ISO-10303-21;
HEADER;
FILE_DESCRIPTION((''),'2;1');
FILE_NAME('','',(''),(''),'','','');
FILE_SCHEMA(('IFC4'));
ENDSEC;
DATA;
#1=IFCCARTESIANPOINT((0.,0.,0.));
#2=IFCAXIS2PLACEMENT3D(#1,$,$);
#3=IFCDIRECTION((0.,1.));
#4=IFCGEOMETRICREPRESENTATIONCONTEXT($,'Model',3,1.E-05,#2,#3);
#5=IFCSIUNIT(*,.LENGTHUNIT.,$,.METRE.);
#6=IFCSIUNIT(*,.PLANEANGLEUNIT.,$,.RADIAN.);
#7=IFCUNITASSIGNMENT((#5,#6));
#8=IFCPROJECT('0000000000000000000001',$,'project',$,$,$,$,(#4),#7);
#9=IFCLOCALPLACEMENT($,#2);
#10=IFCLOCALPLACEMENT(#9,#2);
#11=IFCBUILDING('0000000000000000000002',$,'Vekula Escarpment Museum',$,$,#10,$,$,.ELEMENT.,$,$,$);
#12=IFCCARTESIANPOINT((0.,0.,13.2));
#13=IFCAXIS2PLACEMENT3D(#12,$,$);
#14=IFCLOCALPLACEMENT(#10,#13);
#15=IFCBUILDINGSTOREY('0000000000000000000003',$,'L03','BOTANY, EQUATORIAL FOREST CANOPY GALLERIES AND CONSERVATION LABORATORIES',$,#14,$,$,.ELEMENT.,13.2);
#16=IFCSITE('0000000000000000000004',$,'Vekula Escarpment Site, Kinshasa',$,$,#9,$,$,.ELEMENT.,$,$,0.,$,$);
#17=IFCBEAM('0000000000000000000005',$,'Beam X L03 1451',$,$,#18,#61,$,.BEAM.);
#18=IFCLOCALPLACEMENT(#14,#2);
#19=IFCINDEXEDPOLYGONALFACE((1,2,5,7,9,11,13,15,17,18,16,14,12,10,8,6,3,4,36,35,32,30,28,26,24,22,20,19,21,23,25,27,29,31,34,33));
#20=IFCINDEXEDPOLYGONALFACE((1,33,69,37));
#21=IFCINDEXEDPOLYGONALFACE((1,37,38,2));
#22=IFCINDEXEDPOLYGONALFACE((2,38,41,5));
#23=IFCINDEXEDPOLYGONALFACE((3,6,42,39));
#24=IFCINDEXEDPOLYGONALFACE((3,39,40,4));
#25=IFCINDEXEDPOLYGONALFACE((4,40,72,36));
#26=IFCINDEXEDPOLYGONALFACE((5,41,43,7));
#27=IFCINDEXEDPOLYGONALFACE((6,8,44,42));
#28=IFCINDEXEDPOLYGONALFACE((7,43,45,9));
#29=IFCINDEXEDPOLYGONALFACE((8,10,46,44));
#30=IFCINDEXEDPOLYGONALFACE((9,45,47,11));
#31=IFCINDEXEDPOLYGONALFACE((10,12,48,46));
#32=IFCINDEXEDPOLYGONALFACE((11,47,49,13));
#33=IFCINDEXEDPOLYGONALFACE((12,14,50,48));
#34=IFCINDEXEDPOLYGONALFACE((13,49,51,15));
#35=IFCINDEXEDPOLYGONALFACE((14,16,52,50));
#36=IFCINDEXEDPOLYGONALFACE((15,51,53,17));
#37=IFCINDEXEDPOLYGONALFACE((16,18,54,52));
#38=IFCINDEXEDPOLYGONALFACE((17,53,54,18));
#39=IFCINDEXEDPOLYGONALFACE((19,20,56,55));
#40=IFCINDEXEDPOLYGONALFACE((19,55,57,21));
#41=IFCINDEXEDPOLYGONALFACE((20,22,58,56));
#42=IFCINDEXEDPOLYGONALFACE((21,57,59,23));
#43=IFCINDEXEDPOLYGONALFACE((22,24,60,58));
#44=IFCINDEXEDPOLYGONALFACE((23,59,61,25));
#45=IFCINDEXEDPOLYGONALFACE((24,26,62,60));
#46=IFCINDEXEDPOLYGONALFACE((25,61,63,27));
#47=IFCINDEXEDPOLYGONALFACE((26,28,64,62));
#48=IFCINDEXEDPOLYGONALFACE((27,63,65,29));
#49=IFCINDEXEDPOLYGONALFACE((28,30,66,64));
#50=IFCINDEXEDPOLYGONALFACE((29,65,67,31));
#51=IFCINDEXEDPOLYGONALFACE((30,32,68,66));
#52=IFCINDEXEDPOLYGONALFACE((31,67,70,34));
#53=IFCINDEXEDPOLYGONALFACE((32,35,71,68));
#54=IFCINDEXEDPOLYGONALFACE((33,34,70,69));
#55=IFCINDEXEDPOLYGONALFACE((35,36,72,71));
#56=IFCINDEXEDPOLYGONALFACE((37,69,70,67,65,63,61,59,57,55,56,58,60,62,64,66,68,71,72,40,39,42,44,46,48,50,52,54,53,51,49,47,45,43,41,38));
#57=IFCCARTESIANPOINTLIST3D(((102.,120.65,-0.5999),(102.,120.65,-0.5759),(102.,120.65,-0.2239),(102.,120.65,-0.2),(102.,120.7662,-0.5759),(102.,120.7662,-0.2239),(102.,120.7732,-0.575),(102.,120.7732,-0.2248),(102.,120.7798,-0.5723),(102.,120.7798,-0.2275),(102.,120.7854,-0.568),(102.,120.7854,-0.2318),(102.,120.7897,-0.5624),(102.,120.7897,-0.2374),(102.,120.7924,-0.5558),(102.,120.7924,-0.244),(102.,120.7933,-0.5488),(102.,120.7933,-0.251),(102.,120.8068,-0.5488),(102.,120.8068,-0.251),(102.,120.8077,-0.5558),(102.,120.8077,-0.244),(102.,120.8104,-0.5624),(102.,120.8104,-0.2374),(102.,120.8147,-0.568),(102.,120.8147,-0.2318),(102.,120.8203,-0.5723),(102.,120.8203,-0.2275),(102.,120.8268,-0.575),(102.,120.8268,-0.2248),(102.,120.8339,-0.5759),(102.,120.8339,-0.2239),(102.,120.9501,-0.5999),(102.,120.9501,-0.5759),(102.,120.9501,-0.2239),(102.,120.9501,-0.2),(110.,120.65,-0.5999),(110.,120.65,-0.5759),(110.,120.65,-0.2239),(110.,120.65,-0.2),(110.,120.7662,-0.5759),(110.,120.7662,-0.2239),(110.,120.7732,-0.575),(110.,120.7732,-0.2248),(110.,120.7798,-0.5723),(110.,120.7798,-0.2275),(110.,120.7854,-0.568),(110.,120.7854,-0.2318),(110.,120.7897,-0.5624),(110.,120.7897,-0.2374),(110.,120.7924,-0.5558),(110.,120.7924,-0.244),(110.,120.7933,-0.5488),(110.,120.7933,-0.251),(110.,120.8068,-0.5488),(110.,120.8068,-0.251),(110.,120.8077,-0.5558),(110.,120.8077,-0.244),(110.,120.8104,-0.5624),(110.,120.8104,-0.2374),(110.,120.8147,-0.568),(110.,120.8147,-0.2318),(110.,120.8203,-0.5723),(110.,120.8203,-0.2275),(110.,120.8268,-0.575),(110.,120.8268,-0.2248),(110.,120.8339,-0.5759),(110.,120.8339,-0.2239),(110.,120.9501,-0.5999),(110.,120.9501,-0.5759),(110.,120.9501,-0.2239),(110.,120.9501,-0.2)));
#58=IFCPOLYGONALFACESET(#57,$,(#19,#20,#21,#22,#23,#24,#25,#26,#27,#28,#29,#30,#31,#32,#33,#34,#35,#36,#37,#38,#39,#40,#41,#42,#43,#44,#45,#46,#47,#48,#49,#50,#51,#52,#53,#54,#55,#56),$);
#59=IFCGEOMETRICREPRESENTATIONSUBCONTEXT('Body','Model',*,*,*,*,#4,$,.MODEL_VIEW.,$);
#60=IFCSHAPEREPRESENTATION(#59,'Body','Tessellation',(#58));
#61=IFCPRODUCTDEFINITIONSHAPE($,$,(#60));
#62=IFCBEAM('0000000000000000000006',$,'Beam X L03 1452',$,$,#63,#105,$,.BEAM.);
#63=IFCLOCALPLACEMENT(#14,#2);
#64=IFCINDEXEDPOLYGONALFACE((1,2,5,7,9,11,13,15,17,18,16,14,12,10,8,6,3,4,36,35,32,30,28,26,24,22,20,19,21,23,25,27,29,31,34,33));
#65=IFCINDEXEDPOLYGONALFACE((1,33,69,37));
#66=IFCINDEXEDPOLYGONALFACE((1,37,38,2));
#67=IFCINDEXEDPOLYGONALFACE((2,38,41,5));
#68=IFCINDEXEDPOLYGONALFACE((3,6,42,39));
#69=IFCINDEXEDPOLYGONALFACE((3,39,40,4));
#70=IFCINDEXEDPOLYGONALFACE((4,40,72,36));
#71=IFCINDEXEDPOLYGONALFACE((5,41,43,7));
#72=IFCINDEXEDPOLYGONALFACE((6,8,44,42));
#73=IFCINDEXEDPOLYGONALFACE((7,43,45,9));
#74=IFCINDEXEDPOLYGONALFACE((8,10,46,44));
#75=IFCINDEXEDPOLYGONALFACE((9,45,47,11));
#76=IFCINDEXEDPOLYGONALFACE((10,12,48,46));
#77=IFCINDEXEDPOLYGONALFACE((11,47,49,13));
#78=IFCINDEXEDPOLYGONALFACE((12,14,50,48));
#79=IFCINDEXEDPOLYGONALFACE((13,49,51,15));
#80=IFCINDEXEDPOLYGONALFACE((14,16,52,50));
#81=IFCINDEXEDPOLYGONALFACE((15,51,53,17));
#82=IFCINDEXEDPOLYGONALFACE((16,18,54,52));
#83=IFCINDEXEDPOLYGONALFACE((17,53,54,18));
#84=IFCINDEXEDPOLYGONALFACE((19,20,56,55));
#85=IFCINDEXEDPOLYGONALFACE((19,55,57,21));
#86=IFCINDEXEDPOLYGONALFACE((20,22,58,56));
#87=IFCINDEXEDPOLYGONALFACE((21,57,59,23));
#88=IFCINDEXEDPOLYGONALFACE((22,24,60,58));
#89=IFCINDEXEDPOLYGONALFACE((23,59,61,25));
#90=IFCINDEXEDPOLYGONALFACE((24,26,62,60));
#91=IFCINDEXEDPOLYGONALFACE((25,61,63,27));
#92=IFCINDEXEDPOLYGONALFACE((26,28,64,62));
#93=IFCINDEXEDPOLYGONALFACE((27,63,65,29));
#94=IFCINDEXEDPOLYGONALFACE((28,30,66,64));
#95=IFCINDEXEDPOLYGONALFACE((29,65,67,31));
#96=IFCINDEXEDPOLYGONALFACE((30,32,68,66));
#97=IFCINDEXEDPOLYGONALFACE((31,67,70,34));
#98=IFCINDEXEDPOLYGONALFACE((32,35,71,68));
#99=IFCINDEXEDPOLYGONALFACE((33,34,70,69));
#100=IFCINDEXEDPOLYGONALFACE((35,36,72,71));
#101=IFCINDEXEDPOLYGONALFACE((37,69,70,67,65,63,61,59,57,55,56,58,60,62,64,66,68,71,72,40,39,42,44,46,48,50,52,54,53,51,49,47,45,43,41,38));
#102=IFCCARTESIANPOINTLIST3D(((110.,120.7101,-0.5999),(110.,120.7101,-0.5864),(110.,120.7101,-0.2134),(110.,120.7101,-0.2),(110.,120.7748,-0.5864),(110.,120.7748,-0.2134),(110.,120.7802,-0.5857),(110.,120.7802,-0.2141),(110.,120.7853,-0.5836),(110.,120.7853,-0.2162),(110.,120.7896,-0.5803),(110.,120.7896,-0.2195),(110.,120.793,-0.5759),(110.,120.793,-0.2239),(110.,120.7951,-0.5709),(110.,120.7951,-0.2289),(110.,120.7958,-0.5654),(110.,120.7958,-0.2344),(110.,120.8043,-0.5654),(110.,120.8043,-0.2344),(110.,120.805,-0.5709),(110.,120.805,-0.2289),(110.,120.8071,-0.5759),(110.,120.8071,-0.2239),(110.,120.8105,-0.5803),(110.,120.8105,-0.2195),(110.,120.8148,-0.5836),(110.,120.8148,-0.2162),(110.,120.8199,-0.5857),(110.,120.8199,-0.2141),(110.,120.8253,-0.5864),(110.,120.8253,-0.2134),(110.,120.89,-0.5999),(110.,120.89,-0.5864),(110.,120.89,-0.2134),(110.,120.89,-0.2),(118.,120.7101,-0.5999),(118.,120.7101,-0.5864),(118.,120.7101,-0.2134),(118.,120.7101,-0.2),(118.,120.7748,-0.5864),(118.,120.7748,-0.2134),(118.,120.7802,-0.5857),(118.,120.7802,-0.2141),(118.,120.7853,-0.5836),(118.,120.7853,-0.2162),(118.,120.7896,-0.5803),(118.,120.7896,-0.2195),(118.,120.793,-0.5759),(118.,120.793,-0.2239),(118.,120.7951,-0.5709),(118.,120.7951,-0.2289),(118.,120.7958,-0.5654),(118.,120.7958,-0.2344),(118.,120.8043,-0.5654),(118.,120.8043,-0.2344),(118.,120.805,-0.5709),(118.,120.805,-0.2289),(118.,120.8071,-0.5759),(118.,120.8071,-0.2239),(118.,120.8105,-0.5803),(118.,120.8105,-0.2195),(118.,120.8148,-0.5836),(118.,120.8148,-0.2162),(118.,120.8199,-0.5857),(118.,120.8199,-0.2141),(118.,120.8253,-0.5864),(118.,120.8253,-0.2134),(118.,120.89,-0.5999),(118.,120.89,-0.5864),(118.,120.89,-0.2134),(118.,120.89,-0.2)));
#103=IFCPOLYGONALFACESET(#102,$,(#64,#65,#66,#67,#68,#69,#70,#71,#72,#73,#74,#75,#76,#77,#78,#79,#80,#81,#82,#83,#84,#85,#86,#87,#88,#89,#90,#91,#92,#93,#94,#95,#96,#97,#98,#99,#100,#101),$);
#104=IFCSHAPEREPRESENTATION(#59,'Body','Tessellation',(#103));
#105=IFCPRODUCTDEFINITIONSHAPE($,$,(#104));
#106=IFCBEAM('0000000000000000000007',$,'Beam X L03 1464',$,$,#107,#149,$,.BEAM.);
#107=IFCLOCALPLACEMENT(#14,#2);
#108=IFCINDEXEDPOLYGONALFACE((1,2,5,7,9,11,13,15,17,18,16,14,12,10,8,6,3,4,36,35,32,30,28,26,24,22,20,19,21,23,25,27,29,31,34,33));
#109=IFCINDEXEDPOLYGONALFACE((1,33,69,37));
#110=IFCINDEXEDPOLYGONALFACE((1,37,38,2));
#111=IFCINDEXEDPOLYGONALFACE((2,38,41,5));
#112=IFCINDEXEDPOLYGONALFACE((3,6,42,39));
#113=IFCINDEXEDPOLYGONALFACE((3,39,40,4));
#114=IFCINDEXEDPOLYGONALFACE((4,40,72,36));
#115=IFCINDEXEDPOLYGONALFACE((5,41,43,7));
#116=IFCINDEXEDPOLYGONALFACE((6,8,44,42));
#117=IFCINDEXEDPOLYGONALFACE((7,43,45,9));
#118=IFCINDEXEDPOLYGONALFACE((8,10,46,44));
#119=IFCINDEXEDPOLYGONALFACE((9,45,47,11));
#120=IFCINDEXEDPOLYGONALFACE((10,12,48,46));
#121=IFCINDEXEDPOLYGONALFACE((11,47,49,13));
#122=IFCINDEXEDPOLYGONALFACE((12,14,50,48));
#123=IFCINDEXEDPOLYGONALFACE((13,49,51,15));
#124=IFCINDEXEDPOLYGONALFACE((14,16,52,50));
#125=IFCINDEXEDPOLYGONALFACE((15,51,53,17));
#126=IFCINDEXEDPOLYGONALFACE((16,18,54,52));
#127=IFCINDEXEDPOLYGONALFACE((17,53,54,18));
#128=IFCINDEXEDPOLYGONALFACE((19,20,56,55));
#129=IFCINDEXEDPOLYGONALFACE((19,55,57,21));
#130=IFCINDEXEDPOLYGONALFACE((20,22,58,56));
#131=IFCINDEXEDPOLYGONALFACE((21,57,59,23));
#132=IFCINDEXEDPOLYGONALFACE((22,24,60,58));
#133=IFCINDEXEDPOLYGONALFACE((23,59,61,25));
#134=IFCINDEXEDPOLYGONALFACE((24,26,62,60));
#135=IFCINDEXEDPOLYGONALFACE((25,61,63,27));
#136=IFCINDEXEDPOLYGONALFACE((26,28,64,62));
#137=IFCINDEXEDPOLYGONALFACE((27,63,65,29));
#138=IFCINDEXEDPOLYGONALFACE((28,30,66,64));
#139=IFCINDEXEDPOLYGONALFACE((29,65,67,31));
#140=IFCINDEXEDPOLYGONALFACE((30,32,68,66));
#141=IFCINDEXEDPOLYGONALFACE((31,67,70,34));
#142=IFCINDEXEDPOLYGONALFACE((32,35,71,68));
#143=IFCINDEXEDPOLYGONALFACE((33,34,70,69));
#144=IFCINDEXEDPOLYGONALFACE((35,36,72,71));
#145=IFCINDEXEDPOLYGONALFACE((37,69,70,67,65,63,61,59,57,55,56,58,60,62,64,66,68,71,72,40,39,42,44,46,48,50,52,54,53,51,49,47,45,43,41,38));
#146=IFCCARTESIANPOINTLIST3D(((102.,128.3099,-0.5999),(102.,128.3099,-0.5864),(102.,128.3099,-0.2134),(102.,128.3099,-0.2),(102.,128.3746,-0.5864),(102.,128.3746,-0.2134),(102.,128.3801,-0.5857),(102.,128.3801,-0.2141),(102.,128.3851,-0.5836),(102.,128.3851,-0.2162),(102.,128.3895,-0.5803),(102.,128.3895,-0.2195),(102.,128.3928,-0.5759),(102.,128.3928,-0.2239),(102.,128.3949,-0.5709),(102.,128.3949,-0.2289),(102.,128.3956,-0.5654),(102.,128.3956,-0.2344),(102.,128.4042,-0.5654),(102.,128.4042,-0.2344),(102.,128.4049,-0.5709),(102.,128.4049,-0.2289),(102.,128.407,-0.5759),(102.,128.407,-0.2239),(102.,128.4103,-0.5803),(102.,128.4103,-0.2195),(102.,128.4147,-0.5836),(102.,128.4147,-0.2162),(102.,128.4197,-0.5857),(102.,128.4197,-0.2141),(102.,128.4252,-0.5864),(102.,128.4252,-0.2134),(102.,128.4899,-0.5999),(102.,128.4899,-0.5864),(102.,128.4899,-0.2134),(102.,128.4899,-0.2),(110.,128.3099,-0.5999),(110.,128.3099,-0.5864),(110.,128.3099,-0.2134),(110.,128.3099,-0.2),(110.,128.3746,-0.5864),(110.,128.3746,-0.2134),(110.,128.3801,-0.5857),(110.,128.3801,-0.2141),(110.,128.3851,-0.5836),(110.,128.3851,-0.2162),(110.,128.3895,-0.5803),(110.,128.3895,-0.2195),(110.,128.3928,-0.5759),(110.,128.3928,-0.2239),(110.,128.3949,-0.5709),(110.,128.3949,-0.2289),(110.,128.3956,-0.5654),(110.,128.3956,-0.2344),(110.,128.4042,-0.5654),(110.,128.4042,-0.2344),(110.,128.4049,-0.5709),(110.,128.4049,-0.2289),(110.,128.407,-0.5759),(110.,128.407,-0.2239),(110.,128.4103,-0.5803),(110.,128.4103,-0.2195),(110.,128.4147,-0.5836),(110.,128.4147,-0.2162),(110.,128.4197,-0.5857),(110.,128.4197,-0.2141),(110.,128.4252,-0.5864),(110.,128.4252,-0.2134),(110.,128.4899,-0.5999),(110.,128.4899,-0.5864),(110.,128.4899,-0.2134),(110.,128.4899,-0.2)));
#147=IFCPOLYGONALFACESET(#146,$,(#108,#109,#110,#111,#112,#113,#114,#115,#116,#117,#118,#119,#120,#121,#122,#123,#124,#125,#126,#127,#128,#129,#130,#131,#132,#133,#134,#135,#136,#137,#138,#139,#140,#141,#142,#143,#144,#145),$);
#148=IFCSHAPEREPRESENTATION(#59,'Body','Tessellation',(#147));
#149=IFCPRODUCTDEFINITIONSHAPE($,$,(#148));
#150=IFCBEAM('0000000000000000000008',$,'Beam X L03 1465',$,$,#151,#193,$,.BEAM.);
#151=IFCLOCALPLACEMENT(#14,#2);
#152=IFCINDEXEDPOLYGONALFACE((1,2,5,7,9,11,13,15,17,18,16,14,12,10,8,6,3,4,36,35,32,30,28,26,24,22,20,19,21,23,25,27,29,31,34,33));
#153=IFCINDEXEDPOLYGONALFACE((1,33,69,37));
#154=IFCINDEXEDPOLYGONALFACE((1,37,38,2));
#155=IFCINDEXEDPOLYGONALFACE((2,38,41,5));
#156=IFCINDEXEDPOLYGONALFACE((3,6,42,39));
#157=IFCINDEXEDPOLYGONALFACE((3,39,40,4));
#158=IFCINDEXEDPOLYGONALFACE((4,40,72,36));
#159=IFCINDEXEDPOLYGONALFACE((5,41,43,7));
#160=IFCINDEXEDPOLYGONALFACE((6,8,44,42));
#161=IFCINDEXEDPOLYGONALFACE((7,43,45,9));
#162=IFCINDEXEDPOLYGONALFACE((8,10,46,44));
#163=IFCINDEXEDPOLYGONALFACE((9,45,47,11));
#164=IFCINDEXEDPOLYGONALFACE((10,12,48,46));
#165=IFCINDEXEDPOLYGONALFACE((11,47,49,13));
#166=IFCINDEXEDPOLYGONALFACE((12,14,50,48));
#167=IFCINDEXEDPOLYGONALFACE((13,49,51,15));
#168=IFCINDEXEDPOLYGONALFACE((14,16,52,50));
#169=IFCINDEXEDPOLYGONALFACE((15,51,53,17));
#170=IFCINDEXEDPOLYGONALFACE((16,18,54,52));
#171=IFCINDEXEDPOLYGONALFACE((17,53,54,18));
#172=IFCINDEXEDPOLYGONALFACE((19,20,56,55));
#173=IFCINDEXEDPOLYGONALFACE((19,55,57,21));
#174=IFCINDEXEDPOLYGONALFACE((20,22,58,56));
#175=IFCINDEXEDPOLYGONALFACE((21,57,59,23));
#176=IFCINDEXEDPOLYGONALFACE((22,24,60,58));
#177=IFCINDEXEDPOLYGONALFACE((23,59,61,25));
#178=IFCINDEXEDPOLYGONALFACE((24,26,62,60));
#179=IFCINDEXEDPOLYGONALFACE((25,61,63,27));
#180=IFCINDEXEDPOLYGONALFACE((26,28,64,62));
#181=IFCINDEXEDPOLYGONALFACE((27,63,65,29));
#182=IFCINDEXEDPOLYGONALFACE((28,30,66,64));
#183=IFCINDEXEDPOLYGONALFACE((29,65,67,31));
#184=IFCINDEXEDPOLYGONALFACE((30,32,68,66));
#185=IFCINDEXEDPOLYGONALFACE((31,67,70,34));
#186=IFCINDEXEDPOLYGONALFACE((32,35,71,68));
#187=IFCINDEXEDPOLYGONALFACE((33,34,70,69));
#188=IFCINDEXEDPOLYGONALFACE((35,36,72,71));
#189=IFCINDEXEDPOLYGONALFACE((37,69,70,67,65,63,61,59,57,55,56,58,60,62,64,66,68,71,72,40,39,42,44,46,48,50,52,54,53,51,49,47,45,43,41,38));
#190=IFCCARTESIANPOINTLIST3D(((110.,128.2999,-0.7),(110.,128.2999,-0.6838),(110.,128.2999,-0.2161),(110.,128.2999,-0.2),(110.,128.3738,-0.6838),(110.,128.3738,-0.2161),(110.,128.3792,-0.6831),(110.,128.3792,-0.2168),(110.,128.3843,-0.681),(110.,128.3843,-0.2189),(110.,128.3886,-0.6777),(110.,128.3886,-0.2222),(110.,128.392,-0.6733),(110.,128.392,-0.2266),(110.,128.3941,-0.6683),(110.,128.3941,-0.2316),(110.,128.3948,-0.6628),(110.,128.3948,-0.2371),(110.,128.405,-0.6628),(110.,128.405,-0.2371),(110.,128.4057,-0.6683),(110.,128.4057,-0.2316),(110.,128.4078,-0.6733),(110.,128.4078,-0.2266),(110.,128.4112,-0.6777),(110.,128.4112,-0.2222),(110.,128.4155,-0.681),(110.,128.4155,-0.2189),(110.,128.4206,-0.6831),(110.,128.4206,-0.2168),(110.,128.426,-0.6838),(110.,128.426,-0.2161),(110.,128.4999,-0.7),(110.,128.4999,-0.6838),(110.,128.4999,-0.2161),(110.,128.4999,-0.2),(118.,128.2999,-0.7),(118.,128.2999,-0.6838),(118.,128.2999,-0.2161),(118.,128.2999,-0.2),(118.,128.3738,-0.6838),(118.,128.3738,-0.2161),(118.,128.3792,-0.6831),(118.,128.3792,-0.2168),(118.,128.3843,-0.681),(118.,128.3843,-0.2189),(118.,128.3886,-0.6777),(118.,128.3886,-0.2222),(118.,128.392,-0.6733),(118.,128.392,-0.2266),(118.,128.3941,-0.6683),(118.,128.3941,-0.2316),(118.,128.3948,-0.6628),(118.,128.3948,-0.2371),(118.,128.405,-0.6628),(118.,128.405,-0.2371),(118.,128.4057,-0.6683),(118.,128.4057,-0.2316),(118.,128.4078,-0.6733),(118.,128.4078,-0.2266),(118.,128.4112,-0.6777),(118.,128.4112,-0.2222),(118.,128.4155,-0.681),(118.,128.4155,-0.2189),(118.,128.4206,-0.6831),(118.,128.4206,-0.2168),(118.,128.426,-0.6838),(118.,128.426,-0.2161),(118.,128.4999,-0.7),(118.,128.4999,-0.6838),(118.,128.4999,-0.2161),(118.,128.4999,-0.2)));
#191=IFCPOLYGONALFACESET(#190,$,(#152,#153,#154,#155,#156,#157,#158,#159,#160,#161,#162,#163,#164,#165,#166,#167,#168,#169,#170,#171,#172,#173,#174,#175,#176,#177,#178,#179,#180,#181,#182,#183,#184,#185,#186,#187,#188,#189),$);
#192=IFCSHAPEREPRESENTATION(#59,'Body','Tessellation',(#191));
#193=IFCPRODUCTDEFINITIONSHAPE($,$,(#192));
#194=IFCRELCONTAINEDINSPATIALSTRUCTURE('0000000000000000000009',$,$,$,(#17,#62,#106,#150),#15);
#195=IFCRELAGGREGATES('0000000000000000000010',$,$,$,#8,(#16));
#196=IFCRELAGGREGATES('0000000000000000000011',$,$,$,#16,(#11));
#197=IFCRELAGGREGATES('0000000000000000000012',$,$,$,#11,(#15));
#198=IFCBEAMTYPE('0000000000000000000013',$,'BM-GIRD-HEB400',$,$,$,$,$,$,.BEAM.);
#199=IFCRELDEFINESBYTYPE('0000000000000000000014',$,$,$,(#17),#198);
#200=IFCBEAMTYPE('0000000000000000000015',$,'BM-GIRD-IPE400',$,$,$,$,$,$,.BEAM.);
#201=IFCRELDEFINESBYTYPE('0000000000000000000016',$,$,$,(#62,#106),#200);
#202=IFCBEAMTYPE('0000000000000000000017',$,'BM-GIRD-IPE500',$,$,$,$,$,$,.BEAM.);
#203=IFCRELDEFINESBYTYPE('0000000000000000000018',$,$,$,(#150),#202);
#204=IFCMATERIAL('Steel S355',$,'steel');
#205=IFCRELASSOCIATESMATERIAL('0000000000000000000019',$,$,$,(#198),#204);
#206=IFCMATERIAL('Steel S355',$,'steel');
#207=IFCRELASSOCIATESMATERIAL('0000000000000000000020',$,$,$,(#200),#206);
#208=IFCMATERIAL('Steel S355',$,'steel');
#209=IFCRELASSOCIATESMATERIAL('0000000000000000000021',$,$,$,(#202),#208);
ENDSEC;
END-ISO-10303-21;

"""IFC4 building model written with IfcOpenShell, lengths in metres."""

from ifc_helpers import new_model, si_unit, direction, frame, origin, origin_2d, place, context, subcontext, project, spatial, i_section, extrude, material, material_profile, profile_set, type_object, element, save


model = new_model("IFC4")

# Units and contexts
model_context = context("Model", 3, precision=1e-05, world=origin(), true_north=direction((0.0, 1.0)))
body_context = subcontext(model_context, "Body", "Model", "MODEL_VIEW")
ifc_project = project(units=[si_unit("LENGTHUNIT", "METRE"), si_unit("PLANEANGLEUNIT", "RADIAN")], contexts=[model_context])

# Site, building, storey
site_placement = place(None, origin())
site = spatial("IfcSite", under=ifc_project, at=site_placement, Name="Vekula Escarpment Site, Kinshasa", CompositionType="ELEMENT", RefElevation=0.0)
building_placement = place(site_placement, origin())
building = spatial("IfcBuilding", under=site, at=building_placement, Name="Vekula Escarpment Museum", CompositionType="ELEMENT")
storey_placement = place(building_placement, frame((0.0, 0.0, 13.2)))
storey = spatial("IfcBuildingStorey", under=building, at=storey_placement, Name="L03", Description="BOTANY, EQUATORIAL FOREST CANOPY GALLERIES AND CONSERVATION LABORATORIES", CompositionType="ELEMENT", Elevation=13.2)

# Beams
ifc_material_1 = material(Name="Steel S355", Category="steel")
ifc_material_profile_1 = material_profile(ifc_material_1, i_section(OverallWidth=0.3, OverallDepth=0.3999, WebThickness=0.0134, FlangeThickness=0.0239, FilletRadius=0.0271, at=origin_2d()), Name="HEB 400")
ifc_profile_set_1 = profile_set([ifc_material_profile_1], Name="Steel S355")
beam_type_1 = type_object("IfcBeamType", Name="BM-GIRD-HEB400", PredefinedType="BEAM", material=ifc_profile_set_1)
beam_1_placement = place(storey_placement, frame((102.0, 120.8, -0.3999), z_axis=(1.0, 0.0, 0.0), x_axis=(0.0, 1.0, 0.0)))
element("IfcBeam", 1, at=beam_1_placement, inside=storey, type_object=beam_type_1, Name="Beam X L03 1451", PredefinedType="BEAM", context=body_context, shape_type="SweptSolid", body=[
    extrude(i_section(OverallWidth=0.3, OverallDepth=0.3999, WebThickness=0.0134, FlangeThickness=0.0239, FilletRadius=0.0271, at=origin_2d()), origin(), (0.0, 0.0, 1.0), 8.0),
])
ifc_material_2 = material(Name="Steel S355", Category="steel")
ifc_material_profile_2 = material_profile(ifc_material_2, i_section(OverallWidth=0.1799, OverallDepth=0.3999, WebThickness=0.0085, FlangeThickness=0.0134, FilletRadius=0.021, at=origin_2d()), Name="IPE 400")
ifc_profile_set_2 = profile_set([ifc_material_profile_2], Name="Steel S355")
beam_type_2 = type_object("IfcBeamType", Name="BM-GIRD-IPE400", PredefinedType="BEAM", material=ifc_profile_set_2)
for number, where, z_axis, x_axis, name in (
    (2, (110.0, 120.8, -0.3999), (1.0, 0.0, 0.0), (0.0, 1.0, 0.0), "Beam X L03 1452"),
    (3, (102.0, 128.3999, -0.3999), (1.0, 0.0, 0.0), (0.0, 1.0, 0.0), "Beam X L03 1464"),
):
    element("IfcBeam", number, at=place(storey_placement, frame(where, z_axis=z_axis, x_axis=x_axis)), inside=storey, type_object=beam_type_2, Name=name, PredefinedType="BEAM", context=body_context, shape_type="SweptSolid", body=[
        extrude(i_section(OverallWidth=0.1799, OverallDepth=0.3999, WebThickness=0.0085, FlangeThickness=0.0134, FilletRadius=0.021, at=origin_2d()), origin(), (0.0, 0.0, 1.0), 8.0),
    ])
ifc_material_3 = material(Name="Steel S355", Category="steel")
ifc_material_profile_3 = material_profile(ifc_material_3, i_section(OverallWidth=0.2, OverallDepth=0.5, WebThickness=0.0103, FlangeThickness=0.0161, FilletRadius=0.021, at=origin_2d()), Name="IPE 500")
ifc_profile_set_3 = profile_set([ifc_material_profile_3], Name="Steel S355")
beam_type_3 = type_object("IfcBeamType", Name="BM-GIRD-IPE500", PredefinedType="BEAM", material=ifc_profile_set_3)
beam_2_placement = place(storey_placement, frame((110.0, 128.3999, -0.45), z_axis=(1.0, 0.0, 0.0), x_axis=(0.0, 1.0, 0.0)))
element("IfcBeam", 4, at=beam_2_placement, inside=storey, type_object=beam_type_3, Name="Beam X L03 1465", PredefinedType="BEAM", context=body_context, shape_type="SweptSolid", body=[
    extrude(i_section(OverallWidth=0.2, OverallDepth=0.5, WebThickness=0.0103, FlangeThickness=0.0161, FilletRadius=0.021, at=origin_2d()), origin(), (0.0, 0.0, 1.0), 8.0),
])

save(model, "model.ifc")
